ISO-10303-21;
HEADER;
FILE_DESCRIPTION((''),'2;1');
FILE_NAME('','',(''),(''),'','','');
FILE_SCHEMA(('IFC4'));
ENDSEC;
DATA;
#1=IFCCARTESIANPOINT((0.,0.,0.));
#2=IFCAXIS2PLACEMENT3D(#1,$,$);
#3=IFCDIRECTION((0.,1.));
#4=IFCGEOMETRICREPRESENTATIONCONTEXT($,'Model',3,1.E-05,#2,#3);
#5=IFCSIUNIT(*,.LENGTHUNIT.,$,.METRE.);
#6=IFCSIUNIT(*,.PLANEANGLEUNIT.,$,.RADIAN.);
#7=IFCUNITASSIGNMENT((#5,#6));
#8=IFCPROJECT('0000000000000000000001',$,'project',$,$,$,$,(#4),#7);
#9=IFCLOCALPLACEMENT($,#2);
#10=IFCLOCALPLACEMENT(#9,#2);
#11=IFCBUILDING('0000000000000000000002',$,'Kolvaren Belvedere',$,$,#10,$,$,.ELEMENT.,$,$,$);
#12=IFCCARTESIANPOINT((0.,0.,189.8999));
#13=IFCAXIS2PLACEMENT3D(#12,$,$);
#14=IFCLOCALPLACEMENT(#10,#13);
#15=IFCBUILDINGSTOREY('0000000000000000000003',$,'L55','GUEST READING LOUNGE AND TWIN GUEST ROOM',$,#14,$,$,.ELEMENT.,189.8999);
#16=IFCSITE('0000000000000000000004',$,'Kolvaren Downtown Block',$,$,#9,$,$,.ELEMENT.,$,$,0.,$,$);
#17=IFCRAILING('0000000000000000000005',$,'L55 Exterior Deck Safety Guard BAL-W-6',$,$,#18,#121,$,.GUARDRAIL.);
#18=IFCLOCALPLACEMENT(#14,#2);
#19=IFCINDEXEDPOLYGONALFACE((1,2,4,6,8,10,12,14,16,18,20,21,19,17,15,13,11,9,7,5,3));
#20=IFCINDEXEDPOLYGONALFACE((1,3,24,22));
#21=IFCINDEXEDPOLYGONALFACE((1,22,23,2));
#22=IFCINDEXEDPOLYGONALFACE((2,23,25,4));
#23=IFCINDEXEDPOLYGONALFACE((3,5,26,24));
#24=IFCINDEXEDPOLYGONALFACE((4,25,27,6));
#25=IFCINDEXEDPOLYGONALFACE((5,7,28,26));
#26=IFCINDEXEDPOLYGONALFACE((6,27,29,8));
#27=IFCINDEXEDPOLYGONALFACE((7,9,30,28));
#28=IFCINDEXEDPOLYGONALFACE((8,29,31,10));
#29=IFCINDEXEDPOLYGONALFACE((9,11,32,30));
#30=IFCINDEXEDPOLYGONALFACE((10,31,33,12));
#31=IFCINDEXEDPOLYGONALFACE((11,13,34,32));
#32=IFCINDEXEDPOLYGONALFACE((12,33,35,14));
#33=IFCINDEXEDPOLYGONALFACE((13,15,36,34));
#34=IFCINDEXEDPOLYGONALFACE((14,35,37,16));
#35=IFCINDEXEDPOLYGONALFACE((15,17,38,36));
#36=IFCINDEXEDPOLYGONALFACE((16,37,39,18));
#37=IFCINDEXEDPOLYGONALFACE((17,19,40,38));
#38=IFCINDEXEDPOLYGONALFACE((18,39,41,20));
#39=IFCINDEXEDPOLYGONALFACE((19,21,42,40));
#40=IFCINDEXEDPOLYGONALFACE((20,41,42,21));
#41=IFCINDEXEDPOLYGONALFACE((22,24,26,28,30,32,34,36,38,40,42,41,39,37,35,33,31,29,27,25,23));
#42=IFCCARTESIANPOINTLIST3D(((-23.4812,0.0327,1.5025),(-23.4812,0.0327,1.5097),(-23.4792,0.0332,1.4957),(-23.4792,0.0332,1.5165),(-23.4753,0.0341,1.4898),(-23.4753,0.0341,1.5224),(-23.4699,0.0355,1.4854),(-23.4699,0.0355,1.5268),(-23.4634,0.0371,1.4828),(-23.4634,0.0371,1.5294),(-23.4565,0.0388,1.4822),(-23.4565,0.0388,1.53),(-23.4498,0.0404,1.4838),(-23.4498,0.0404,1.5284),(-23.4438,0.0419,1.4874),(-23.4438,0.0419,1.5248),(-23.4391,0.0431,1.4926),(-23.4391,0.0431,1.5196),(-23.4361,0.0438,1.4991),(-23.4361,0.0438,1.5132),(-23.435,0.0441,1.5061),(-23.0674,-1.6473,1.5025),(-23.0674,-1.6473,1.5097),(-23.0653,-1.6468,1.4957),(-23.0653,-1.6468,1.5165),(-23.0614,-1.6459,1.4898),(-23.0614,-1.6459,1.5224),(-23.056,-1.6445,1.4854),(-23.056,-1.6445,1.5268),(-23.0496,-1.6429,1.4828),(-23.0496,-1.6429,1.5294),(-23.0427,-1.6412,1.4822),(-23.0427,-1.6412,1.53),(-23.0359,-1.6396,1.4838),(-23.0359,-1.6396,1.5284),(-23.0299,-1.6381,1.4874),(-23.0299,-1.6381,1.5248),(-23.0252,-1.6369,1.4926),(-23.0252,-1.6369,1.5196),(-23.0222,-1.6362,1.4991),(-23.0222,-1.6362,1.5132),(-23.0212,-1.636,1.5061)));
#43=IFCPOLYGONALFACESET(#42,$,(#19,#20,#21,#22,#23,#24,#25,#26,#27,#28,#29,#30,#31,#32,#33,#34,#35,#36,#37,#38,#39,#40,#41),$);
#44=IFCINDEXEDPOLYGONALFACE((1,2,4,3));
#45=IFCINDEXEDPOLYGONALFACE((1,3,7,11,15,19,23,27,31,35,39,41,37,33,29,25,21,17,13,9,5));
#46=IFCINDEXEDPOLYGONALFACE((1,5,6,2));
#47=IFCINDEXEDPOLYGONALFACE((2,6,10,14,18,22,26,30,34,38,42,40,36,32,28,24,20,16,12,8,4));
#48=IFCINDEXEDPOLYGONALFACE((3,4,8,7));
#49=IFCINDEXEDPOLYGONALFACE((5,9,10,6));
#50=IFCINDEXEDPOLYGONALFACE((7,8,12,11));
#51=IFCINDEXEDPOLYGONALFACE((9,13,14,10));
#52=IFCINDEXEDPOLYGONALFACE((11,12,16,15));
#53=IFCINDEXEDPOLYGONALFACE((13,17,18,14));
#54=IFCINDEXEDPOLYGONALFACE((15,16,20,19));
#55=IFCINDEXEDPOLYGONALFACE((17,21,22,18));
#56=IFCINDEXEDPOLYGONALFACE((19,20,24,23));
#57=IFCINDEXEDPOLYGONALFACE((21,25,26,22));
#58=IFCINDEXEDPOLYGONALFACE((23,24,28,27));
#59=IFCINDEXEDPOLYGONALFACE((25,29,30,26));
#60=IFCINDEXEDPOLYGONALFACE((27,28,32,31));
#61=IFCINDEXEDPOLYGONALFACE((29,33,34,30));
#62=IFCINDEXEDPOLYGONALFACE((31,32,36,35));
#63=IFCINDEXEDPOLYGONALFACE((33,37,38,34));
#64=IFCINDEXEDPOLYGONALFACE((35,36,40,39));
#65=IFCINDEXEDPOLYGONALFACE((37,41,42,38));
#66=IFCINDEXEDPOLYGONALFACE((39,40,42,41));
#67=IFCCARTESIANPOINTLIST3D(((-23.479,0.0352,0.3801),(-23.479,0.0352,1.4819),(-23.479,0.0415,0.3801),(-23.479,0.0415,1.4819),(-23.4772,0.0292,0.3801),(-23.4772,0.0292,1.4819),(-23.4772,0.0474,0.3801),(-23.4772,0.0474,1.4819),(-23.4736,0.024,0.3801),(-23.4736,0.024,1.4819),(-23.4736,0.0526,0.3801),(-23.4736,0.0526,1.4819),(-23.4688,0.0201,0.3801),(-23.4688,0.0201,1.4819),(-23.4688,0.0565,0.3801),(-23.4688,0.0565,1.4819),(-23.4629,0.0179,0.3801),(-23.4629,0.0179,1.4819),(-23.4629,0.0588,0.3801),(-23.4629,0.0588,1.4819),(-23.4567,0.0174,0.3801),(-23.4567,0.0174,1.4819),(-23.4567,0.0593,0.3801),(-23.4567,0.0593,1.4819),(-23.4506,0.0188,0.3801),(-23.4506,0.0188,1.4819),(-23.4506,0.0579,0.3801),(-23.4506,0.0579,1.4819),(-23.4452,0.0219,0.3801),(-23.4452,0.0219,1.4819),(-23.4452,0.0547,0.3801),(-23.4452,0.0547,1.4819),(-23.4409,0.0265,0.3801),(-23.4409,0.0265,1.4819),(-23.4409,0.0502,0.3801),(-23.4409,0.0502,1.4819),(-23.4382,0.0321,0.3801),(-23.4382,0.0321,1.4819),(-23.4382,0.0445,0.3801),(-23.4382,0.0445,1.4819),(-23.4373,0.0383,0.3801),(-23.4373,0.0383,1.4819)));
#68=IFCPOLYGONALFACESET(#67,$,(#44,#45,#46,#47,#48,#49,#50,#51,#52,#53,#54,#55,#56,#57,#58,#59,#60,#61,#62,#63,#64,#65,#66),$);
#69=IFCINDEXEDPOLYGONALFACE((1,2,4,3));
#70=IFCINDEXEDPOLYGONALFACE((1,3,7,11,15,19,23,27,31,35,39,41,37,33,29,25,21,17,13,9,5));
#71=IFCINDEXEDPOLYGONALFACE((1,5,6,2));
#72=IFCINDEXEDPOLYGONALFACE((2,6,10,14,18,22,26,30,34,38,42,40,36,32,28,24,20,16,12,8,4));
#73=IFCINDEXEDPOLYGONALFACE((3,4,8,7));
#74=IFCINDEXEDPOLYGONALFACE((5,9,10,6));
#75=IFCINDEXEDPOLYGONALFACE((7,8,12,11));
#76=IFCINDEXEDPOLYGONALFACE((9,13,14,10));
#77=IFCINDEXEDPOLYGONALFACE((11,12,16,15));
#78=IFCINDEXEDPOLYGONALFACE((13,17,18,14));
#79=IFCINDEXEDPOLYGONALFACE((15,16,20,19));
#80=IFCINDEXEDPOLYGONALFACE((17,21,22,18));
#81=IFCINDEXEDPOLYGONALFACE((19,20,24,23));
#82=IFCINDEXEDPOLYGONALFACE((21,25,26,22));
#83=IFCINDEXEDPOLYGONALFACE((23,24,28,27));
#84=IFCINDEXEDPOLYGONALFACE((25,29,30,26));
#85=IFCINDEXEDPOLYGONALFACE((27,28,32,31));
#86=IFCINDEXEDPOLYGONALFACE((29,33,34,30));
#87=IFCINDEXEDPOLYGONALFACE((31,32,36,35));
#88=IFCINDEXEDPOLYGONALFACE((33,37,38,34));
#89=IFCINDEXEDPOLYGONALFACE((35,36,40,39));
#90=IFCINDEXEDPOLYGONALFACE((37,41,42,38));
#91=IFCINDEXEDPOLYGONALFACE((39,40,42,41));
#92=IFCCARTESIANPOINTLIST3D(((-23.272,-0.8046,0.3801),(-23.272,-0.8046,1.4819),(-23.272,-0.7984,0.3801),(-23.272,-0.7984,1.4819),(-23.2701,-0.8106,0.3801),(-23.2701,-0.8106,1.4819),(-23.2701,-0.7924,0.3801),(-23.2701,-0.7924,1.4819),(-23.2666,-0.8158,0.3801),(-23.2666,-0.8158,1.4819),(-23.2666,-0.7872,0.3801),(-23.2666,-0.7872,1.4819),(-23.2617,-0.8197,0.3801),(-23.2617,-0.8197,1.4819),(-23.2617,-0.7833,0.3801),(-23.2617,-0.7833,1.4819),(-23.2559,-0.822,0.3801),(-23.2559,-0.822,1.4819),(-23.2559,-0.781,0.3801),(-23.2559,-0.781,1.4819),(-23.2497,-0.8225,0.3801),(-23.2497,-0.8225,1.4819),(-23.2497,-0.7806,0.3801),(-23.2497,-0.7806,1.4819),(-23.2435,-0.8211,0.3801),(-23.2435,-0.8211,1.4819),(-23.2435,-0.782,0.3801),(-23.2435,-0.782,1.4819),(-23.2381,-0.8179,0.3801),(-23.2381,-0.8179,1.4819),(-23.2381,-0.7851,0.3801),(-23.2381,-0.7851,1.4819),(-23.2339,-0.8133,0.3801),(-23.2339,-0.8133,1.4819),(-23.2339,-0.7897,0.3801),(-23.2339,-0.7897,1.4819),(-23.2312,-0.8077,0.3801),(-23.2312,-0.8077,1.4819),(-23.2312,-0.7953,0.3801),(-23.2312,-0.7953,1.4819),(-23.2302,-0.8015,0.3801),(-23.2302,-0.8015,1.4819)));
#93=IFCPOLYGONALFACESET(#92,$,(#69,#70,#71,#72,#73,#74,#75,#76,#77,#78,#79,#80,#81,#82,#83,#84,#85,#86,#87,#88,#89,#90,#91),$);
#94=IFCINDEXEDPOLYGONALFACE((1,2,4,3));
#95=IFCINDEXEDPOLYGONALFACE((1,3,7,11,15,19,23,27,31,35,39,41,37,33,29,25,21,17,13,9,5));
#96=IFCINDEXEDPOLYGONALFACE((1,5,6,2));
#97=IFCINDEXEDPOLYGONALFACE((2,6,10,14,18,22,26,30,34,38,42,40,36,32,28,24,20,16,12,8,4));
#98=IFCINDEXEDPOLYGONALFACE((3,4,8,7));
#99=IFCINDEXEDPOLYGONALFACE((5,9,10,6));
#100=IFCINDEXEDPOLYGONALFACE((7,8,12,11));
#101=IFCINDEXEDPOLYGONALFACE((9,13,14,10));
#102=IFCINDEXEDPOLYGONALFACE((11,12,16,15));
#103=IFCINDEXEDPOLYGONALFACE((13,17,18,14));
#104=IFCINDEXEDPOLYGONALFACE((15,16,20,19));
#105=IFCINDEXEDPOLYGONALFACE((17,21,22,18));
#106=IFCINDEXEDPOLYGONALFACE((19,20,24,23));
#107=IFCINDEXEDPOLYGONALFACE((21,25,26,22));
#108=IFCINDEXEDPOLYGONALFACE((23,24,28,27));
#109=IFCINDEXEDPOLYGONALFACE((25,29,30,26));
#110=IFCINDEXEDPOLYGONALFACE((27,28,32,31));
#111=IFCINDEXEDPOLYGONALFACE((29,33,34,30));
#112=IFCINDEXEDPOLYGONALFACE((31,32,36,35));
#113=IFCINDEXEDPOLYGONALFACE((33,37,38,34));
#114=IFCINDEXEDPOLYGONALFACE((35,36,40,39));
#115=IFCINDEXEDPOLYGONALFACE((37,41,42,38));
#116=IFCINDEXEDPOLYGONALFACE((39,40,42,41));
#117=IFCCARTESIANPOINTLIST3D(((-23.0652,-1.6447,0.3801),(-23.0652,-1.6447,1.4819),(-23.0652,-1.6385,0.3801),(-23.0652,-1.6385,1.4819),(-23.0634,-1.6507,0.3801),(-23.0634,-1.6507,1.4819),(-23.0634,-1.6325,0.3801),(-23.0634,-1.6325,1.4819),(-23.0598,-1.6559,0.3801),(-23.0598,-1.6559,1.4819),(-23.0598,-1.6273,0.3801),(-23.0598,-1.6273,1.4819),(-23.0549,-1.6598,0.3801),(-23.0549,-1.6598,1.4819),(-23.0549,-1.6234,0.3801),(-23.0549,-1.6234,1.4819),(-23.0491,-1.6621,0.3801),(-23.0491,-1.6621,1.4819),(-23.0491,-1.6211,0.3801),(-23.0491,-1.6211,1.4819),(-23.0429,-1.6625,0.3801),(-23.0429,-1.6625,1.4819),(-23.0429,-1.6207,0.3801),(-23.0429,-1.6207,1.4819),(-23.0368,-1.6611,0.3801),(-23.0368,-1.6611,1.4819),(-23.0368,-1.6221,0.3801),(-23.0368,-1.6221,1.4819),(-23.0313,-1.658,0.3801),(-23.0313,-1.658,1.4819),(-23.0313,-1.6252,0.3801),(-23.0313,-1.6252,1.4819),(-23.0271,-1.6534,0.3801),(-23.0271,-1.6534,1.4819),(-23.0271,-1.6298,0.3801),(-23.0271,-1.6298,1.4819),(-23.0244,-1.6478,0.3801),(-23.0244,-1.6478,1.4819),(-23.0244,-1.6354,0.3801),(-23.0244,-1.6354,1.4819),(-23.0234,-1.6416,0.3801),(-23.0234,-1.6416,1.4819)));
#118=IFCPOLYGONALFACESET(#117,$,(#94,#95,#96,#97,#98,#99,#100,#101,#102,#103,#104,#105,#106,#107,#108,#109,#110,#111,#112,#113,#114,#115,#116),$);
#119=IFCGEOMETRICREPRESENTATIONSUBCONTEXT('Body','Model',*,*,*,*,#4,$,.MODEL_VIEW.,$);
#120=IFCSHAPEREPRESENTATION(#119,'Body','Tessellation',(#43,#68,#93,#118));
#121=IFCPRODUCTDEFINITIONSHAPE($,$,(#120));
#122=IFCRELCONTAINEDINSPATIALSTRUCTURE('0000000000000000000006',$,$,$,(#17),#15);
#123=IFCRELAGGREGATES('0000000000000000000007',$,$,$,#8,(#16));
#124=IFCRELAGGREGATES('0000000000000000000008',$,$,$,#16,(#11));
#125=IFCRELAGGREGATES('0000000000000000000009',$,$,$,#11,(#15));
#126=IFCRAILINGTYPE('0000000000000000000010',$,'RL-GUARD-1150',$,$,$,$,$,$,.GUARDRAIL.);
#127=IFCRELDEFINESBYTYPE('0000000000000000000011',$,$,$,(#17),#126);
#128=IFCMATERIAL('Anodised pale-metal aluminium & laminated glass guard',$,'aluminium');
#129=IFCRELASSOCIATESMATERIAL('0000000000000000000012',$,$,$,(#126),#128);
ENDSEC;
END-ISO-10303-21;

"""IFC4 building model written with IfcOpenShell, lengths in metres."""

from ifc_helpers import new_model, si_unit, direction, frame, origin, origin_2d, place, context, subcontext, project, spatial, circle, extrude, material, type_object, element, save


model = new_model("IFC4")

# Units and contexts
model_context = context("Model", 3, precision=1e-05, world=origin(), true_north=direction((0.0, 1.0)))
body_context = subcontext(model_context, "Body", "Model", "MODEL_VIEW")
ifc_project = project(units=[si_unit("LENGTHUNIT", "METRE"), si_unit("PLANEANGLEUNIT", "RADIAN")], contexts=[model_context])

# Site, building, storey
site_placement = place(None, origin())
site = spatial("IfcSite", under=ifc_project, at=site_placement, Name="Kolvaren Downtown Block", CompositionType="ELEMENT", RefElevation=0.0)
building_placement = place(site_placement, origin())
building = spatial("IfcBuilding", under=site, at=building_placement, Name="Kolvaren Belvedere", CompositionType="ELEMENT")
storey_placement = place(building_placement, frame((0.0, 0.0, 189.8999)))
storey = spatial("IfcBuildingStorey", under=building, at=storey_placement, Name="L55", Description="GUEST READING LOUNGE AND TWIN GUEST ROOM", CompositionType="ELEMENT", Elevation=189.8999)

# Railing
ifc_material_1 = material(Name="Anodised pale-metal aluminium & laminated glass guard", Category="aluminium")
railing_type = type_object("IfcRailingType", Name="RL-GUARD-1150", PredefinedType="GUARDRAIL", material=ifc_material_1)
railing_1_placement = place(storey_placement, frame((-23.4583, 0.0383, 0.3801)))
element("IfcRailing", 1, at=railing_1_placement, inside=storey, type_object=railing_type, Name="L55 Exterior Deck Safety Guard BAL-W-6", PredefinedType="GUARDRAIL", context=body_context, shape_type="SweptSolid", body=[
    extrude(circle(Radius=0.0239, at=origin_2d()), frame((0.0, 0.0, 1.126), z_axis=(0.239181, -0.970975, 0.0), x_axis=(0.970975, 0.239181, 0.0)), (0.0, 0.0, 1.0), 1.7302),
    extrude(circle(Radius=0.021, at=origin_2d()), origin(), (0.0, 0.0, 1.0), 1.1018),
    extrude(circle(Radius=0.021, at=origin_2d()), frame((0.207, -0.8398, 0.0)), (0.0, 0.0, 1.0), 1.1018),
    extrude(circle(Radius=0.021, at=origin_2d()), frame((0.4138, -1.6799, 0.0)), (0.0, 0.0, 1.0), 1.1018),
])

save(model, "model.ifc")
